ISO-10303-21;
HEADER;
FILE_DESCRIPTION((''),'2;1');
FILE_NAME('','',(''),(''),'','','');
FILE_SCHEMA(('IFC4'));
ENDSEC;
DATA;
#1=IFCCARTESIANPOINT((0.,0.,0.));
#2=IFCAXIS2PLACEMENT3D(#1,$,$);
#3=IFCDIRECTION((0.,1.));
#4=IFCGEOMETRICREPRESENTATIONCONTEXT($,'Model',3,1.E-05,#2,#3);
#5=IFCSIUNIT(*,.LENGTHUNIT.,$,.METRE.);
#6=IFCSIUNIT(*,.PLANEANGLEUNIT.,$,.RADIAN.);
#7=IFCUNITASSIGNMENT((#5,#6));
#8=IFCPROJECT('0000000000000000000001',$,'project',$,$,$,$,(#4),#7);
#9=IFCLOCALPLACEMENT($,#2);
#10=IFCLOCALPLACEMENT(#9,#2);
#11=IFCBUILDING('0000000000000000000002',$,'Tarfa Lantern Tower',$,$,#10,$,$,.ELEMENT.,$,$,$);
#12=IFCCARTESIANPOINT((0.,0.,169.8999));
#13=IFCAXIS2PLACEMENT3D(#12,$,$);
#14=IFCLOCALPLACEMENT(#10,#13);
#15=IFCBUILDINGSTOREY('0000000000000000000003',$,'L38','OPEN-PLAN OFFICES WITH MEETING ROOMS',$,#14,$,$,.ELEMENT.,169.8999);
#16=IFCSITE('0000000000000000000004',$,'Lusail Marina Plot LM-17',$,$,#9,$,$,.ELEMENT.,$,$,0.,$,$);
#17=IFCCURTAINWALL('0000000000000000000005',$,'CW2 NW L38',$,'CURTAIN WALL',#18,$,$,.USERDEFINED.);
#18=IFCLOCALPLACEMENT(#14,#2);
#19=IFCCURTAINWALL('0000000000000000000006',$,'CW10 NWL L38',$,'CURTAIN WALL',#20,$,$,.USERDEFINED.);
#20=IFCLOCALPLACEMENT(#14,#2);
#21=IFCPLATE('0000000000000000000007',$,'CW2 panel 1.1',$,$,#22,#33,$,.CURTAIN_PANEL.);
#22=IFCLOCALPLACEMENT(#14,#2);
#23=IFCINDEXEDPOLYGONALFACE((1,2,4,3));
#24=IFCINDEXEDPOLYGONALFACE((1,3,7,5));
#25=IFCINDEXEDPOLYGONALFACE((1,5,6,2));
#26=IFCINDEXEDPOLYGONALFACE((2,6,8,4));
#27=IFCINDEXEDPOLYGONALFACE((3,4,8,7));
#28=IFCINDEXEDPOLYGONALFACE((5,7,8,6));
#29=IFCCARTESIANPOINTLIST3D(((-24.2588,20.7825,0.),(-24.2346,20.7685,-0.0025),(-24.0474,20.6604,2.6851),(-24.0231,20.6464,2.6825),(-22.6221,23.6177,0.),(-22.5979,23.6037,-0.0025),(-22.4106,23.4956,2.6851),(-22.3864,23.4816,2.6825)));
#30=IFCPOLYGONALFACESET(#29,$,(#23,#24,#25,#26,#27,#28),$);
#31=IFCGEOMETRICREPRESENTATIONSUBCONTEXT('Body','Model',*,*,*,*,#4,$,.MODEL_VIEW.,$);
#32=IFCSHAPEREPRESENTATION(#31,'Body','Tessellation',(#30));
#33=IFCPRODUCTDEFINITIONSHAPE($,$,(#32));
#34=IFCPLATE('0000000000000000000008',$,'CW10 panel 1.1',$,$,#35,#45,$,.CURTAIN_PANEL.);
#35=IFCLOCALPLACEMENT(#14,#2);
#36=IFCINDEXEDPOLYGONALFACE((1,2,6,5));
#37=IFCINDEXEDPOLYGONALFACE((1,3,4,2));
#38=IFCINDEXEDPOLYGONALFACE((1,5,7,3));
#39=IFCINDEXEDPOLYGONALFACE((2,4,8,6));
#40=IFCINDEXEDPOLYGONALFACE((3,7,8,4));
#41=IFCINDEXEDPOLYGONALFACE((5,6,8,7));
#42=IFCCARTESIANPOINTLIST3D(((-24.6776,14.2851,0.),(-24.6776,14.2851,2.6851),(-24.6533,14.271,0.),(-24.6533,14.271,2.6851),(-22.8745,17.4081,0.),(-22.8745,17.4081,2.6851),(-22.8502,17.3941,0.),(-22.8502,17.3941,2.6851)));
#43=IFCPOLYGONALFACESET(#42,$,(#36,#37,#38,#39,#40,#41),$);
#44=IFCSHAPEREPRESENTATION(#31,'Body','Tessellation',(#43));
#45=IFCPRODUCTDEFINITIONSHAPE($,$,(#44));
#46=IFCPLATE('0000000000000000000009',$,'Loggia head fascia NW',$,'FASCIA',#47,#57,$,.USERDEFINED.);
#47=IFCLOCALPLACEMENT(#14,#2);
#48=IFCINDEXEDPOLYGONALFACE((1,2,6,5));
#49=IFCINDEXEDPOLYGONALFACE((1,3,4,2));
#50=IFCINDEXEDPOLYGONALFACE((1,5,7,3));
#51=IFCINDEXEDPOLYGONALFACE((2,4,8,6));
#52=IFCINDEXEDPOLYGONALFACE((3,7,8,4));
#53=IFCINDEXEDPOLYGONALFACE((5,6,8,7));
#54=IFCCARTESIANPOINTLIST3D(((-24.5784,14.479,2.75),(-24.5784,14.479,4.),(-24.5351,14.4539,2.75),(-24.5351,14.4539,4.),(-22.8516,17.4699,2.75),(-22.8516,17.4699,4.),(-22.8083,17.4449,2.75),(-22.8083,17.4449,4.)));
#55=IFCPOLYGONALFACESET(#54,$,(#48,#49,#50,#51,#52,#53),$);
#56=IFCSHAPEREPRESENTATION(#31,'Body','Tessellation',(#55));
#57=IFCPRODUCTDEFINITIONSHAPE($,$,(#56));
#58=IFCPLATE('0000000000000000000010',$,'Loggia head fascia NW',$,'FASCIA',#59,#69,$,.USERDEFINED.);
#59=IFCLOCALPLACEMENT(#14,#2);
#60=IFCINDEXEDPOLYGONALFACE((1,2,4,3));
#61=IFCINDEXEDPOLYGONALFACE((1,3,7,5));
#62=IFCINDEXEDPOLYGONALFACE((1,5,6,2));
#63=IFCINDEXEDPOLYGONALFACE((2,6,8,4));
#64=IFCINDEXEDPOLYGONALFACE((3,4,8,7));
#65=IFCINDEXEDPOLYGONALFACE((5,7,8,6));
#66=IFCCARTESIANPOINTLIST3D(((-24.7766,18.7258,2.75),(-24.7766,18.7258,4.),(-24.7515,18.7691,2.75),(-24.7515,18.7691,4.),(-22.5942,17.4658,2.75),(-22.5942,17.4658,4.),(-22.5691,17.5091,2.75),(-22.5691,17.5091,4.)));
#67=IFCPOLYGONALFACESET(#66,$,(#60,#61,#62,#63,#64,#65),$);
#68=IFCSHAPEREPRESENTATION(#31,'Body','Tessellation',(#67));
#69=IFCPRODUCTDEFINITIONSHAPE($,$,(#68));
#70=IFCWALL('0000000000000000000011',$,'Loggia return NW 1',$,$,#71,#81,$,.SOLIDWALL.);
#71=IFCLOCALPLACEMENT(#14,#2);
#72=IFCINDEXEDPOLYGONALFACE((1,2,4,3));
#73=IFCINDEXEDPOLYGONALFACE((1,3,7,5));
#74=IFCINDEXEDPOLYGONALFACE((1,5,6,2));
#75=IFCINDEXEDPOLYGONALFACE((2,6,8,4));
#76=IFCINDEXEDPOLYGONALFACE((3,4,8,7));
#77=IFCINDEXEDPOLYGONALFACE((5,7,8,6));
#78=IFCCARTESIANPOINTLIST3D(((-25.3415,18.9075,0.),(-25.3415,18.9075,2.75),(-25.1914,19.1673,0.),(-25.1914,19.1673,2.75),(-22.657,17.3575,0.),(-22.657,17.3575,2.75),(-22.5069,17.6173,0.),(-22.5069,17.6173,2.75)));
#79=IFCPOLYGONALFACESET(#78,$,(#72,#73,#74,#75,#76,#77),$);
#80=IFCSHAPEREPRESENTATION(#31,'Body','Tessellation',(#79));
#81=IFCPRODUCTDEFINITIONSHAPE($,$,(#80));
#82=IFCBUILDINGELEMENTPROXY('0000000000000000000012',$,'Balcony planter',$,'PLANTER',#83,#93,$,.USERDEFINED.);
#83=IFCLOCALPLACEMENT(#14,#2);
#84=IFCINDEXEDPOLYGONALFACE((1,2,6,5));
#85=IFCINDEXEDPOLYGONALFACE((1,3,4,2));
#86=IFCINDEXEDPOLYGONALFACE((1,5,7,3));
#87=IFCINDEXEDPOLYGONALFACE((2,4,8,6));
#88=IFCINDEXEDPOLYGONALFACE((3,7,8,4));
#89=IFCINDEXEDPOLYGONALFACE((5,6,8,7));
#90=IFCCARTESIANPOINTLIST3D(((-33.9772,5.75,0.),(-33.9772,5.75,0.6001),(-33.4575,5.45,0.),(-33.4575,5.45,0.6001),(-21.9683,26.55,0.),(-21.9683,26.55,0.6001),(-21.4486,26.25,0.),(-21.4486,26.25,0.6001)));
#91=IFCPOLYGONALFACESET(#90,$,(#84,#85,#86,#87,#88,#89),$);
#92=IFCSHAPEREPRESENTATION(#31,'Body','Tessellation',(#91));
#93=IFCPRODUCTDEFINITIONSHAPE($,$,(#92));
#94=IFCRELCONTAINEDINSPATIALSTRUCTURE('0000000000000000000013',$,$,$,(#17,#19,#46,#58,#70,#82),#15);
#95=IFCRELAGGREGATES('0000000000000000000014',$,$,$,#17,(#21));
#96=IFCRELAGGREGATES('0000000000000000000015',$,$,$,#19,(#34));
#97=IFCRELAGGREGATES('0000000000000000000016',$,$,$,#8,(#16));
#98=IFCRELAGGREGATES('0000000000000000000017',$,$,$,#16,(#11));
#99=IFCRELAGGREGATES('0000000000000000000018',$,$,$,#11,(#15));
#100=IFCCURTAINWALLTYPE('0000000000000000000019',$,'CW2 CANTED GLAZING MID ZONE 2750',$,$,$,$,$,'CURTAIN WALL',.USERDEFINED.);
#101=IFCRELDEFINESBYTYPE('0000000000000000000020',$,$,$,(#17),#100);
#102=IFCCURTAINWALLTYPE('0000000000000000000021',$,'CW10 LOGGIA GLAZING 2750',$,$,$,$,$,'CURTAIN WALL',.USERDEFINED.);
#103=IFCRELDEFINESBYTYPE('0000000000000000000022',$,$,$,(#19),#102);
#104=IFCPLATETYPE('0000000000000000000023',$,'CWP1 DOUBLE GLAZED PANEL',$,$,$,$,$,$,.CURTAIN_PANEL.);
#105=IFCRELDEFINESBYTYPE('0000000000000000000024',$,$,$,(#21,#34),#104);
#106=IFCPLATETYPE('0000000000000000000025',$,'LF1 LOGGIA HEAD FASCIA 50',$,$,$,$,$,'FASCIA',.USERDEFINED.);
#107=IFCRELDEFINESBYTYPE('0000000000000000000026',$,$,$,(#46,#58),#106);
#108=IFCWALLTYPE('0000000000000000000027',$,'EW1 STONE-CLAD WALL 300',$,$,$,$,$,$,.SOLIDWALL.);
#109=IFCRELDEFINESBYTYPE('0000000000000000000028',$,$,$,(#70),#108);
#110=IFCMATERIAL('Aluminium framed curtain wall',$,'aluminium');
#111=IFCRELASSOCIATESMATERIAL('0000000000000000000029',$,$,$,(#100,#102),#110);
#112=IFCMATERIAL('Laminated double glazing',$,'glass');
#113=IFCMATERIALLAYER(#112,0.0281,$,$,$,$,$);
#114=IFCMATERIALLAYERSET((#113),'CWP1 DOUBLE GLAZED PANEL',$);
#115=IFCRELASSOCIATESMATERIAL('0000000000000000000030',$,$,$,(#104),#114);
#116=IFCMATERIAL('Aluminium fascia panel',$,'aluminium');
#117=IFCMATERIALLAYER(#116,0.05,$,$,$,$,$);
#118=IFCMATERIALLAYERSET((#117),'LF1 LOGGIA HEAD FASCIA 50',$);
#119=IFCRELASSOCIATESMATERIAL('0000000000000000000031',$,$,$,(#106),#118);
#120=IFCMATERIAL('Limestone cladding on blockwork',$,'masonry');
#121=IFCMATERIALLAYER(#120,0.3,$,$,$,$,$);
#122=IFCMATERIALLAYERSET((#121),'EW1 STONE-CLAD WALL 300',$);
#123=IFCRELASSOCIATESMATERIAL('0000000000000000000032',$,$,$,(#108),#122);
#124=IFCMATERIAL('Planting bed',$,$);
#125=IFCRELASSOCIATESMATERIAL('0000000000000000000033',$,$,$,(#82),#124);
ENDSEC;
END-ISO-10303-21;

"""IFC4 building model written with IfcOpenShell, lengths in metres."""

from ifc_helpers import new_model, si_unit, direction, frame, frame_2d, origin, origin_2d, place, context, subcontext, project, spatial, polyline, rectangle, outline, extrude, material, layer, layer_set, type_object, element, aggregate, save


model = new_model("IFC4")

# Units and contexts
model_context = context("Model", 3, precision=1e-05, world=origin(), true_north=direction((0.0, 1.0)))
body_context = subcontext(model_context, "Body", "Model", "MODEL_VIEW")
ifc_project = project(units=[si_unit("LENGTHUNIT", "METRE"), si_unit("PLANEANGLEUNIT", "RADIAN")], contexts=[model_context])

# Site, building, storey
site_placement = place(None, origin())
site = spatial("IfcSite", under=ifc_project, at=site_placement, Name="Lusail Marina Plot LM-17", CompositionType="ELEMENT", RefElevation=0.0)
building_placement = place(site_placement, origin())
building = spatial("IfcBuilding", under=site, at=building_placement, Name="Tarfa Lantern Tower", CompositionType="ELEMENT")
storey_placement = place(building_placement, frame((0.0, 0.0, 169.8999)))
storey = spatial("IfcBuildingStorey", under=building, at=storey_placement, Name="L38", Description="OPEN-PLAN OFFICES WITH MEETING ROOMS", CompositionType="ELEMENT", Elevation=169.8999)

# Shared definitions
ifc_material_1 = material(Name="Aluminium framed curtain wall", Category="aluminium")
curtain_wall_type_1 = type_object("IfcCurtainWallType", Name="CW2 CANTED GLAZING MID ZONE 2750", ElementType="CURTAIN WALL", PredefinedType="USERDEFINED", material=ifc_material_1)

# Curtain walls
curtain_wall_1_placement = place(storey_placement, origin())
curtain_wall_1 = element("IfcCurtainWall", 1, at=curtain_wall_1_placement, inside=storey, type_object=curtain_wall_type_1, Name="CW2 NW L38", ObjectType="CURTAIN WALL", PredefinedType="USERDEFINED")
curtain_wall_type_2 = type_object("IfcCurtainWallType", Name="CW10 LOGGIA GLAZING 2750", ElementType="CURTAIN WALL", PredefinedType="USERDEFINED", material=ifc_material_1)
curtain_wall_2_placement = place(storey_placement, origin())
curtain_wall_2 = element("IfcCurtainWall", 2, at=curtain_wall_2_placement, inside=storey, type_object=curtain_wall_type_2, Name="CW10 NWL L38", ObjectType="CURTAIN WALL", PredefinedType="USERDEFINED")

# Plates
ifc_material_2 = material(Name="Laminated double glazing", Category="glass")
ifc_layer_1 = layer(ifc_material_2, 0.0281)
ifc_layer_set_1 = layer_set([ifc_layer_1], Name="CWP1 DOUBLE GLAZED PANEL")
plate_type_1 = type_object("IfcPlateType", Name="CWP1 DOUBLE GLAZED PANEL", PredefinedType="CURTAIN_PANEL", material=ifc_layer_set_1)
plate_1_placement = place(storey_placement, frame((-22.6221, 23.6177, 0.0), z_axis=(-0.862492, 0.497903, 0.09055), x_axis=(-0.499957, -0.86605, 0.0)))
plate_1 = element("IfcPlate", 3, at=plate_1_placement, type_object=plate_type_1, Name="CW2 panel 1.1", PredefinedType="CURTAIN_PANEL", context=body_context, shape_type="SweptSolid", body=[
    extrude(outline(polyline([(0.0, 0.0), (3.2737, 0.0), (3.2737, 2.6961), (0.0, 2.6961), (0.0, 0.0)])), origin(), (0.0, 0.0, -1.0), 0.0281),
])
aggregate(curtain_wall_1, [plate_1])
plate_2_placement = place(storey_placement, frame((-23.7639, 15.8396, 0.0), z_axis=(0.0, 0.0, 1.0), x_axis=(-0.5, -0.866025, 0.0)))
plate_2 = element("IfcPlate", 4, at=plate_2_placement, type_object=plate_type_1, Name="CW10 panel 1.1", PredefinedType="CURTAIN_PANEL", context=body_context, shape_type="SweptSolid", body=[
    extrude(rectangle(XDim=3.6062, YDim=0.0281, at=origin_2d()), origin(), (0.0, 0.0, 1.0), 2.6851),
])
aggregate(curtain_wall_2, [plate_2])

# Plates
ifc_material_3 = material(Name="Aluminium fascia panel", Category="aluminium")
ifc_layer_2 = layer(ifc_material_3, 0.05)
ifc_layer_set_2 = layer_set([ifc_layer_2], Name="LF1 LOGGIA HEAD FASCIA 50")
plate_type_2 = type_object("IfcPlateType", Name="LF1 LOGGIA HEAD FASCIA 50", ElementType="FASCIA", PredefinedType="USERDEFINED", material=ifc_layer_set_2)
plate_3_placement = place(storey_placement, frame((-23.6934, 15.9619, 2.75), z_axis=(0.0, 0.0, 1.0), x_axis=(-0.5, -0.866025, 0.0)))
element("IfcPlate", 5, at=plate_3_placement, inside=storey, type_object=plate_type_2, Name="Loggia head fascia NW", ObjectType="FASCIA", PredefinedType="USERDEFINED", context=body_context, shape_type="SweptSolid", body=[
    extrude(rectangle(XDim=3.4536, YDim=0.05, at=origin_2d()), origin(), (0.0, 0.0, 1.0), 1.25),
])
plate_4_placement = place(storey_placement, frame((-23.6729, 18.1174, 2.75), z_axis=(0.0, 0.0, 1.0), x_axis=(0.866025, -0.5, 0.0)))
element("IfcPlate", 6, at=plate_4_placement, inside=storey, type_object=plate_type_2, Name="Loggia head fascia NW", ObjectType="FASCIA", PredefinedType="USERDEFINED", context=body_context, shape_type="SweptSolid", body=[
    extrude(rectangle(XDim=2.52, YDim=0.05, at=origin_2d()), origin(), (0.0, 0.0, 1.0), 1.25),
])

# Wall
ifc_material_4 = material(Name="Limestone cladding on blockwork", Category="masonry")
ifc_layer_3 = layer(ifc_material_4, 0.3)
ifc_layer_set_3 = layer_set([ifc_layer_3], Name="EW1 STONE-CLAD WALL 300")
wall_type = type_object("IfcWallType", Name="EW1 STONE-CLAD WALL 300", PredefinedType="SOLIDWALL", material=ifc_layer_set_3)
wall_placement = place(storey_placement, frame((-25.2664, 19.0374, 0.0), z_axis=(0.0, 0.0, 1.0), x_axis=(0.86601, -0.500027, 0.0)))
element("IfcWall", 7, at=wall_placement, inside=storey, type_object=wall_type, Name="Loggia return NW 1", PredefinedType="SOLIDWALL", context=body_context, shape_type="SweptSolid", body=[
    extrude(rectangle(XDim=3.0999, YDim=0.3, at=frame_2d((1.5498, 0.0))), origin(), (0.0, 0.0, 1.0), 2.75),
])

# Building element proxy
ifc_material_5 = material(Name="Planting bed")
proxy_placement = place(storey_placement, frame((-27.7129, 16.0, 0.0), z_axis=(0.0, 0.0, 1.0), x_axis=(-0.5, -0.866025, 0.0)))
element("IfcBuildingElementProxy", 8, at=proxy_placement, inside=storey, material=ifc_material_5, Name="Balcony planter", ObjectType="PLANTER", PredefinedType="USERDEFINED", context=body_context, shape_type="SweptSolid", body=[
    extrude(rectangle(XDim=24.0178, YDim=0.6001, at=origin_2d()), origin(), (0.0, 0.0, 1.0), 0.6001),
])

save(model, "model.ifc")
